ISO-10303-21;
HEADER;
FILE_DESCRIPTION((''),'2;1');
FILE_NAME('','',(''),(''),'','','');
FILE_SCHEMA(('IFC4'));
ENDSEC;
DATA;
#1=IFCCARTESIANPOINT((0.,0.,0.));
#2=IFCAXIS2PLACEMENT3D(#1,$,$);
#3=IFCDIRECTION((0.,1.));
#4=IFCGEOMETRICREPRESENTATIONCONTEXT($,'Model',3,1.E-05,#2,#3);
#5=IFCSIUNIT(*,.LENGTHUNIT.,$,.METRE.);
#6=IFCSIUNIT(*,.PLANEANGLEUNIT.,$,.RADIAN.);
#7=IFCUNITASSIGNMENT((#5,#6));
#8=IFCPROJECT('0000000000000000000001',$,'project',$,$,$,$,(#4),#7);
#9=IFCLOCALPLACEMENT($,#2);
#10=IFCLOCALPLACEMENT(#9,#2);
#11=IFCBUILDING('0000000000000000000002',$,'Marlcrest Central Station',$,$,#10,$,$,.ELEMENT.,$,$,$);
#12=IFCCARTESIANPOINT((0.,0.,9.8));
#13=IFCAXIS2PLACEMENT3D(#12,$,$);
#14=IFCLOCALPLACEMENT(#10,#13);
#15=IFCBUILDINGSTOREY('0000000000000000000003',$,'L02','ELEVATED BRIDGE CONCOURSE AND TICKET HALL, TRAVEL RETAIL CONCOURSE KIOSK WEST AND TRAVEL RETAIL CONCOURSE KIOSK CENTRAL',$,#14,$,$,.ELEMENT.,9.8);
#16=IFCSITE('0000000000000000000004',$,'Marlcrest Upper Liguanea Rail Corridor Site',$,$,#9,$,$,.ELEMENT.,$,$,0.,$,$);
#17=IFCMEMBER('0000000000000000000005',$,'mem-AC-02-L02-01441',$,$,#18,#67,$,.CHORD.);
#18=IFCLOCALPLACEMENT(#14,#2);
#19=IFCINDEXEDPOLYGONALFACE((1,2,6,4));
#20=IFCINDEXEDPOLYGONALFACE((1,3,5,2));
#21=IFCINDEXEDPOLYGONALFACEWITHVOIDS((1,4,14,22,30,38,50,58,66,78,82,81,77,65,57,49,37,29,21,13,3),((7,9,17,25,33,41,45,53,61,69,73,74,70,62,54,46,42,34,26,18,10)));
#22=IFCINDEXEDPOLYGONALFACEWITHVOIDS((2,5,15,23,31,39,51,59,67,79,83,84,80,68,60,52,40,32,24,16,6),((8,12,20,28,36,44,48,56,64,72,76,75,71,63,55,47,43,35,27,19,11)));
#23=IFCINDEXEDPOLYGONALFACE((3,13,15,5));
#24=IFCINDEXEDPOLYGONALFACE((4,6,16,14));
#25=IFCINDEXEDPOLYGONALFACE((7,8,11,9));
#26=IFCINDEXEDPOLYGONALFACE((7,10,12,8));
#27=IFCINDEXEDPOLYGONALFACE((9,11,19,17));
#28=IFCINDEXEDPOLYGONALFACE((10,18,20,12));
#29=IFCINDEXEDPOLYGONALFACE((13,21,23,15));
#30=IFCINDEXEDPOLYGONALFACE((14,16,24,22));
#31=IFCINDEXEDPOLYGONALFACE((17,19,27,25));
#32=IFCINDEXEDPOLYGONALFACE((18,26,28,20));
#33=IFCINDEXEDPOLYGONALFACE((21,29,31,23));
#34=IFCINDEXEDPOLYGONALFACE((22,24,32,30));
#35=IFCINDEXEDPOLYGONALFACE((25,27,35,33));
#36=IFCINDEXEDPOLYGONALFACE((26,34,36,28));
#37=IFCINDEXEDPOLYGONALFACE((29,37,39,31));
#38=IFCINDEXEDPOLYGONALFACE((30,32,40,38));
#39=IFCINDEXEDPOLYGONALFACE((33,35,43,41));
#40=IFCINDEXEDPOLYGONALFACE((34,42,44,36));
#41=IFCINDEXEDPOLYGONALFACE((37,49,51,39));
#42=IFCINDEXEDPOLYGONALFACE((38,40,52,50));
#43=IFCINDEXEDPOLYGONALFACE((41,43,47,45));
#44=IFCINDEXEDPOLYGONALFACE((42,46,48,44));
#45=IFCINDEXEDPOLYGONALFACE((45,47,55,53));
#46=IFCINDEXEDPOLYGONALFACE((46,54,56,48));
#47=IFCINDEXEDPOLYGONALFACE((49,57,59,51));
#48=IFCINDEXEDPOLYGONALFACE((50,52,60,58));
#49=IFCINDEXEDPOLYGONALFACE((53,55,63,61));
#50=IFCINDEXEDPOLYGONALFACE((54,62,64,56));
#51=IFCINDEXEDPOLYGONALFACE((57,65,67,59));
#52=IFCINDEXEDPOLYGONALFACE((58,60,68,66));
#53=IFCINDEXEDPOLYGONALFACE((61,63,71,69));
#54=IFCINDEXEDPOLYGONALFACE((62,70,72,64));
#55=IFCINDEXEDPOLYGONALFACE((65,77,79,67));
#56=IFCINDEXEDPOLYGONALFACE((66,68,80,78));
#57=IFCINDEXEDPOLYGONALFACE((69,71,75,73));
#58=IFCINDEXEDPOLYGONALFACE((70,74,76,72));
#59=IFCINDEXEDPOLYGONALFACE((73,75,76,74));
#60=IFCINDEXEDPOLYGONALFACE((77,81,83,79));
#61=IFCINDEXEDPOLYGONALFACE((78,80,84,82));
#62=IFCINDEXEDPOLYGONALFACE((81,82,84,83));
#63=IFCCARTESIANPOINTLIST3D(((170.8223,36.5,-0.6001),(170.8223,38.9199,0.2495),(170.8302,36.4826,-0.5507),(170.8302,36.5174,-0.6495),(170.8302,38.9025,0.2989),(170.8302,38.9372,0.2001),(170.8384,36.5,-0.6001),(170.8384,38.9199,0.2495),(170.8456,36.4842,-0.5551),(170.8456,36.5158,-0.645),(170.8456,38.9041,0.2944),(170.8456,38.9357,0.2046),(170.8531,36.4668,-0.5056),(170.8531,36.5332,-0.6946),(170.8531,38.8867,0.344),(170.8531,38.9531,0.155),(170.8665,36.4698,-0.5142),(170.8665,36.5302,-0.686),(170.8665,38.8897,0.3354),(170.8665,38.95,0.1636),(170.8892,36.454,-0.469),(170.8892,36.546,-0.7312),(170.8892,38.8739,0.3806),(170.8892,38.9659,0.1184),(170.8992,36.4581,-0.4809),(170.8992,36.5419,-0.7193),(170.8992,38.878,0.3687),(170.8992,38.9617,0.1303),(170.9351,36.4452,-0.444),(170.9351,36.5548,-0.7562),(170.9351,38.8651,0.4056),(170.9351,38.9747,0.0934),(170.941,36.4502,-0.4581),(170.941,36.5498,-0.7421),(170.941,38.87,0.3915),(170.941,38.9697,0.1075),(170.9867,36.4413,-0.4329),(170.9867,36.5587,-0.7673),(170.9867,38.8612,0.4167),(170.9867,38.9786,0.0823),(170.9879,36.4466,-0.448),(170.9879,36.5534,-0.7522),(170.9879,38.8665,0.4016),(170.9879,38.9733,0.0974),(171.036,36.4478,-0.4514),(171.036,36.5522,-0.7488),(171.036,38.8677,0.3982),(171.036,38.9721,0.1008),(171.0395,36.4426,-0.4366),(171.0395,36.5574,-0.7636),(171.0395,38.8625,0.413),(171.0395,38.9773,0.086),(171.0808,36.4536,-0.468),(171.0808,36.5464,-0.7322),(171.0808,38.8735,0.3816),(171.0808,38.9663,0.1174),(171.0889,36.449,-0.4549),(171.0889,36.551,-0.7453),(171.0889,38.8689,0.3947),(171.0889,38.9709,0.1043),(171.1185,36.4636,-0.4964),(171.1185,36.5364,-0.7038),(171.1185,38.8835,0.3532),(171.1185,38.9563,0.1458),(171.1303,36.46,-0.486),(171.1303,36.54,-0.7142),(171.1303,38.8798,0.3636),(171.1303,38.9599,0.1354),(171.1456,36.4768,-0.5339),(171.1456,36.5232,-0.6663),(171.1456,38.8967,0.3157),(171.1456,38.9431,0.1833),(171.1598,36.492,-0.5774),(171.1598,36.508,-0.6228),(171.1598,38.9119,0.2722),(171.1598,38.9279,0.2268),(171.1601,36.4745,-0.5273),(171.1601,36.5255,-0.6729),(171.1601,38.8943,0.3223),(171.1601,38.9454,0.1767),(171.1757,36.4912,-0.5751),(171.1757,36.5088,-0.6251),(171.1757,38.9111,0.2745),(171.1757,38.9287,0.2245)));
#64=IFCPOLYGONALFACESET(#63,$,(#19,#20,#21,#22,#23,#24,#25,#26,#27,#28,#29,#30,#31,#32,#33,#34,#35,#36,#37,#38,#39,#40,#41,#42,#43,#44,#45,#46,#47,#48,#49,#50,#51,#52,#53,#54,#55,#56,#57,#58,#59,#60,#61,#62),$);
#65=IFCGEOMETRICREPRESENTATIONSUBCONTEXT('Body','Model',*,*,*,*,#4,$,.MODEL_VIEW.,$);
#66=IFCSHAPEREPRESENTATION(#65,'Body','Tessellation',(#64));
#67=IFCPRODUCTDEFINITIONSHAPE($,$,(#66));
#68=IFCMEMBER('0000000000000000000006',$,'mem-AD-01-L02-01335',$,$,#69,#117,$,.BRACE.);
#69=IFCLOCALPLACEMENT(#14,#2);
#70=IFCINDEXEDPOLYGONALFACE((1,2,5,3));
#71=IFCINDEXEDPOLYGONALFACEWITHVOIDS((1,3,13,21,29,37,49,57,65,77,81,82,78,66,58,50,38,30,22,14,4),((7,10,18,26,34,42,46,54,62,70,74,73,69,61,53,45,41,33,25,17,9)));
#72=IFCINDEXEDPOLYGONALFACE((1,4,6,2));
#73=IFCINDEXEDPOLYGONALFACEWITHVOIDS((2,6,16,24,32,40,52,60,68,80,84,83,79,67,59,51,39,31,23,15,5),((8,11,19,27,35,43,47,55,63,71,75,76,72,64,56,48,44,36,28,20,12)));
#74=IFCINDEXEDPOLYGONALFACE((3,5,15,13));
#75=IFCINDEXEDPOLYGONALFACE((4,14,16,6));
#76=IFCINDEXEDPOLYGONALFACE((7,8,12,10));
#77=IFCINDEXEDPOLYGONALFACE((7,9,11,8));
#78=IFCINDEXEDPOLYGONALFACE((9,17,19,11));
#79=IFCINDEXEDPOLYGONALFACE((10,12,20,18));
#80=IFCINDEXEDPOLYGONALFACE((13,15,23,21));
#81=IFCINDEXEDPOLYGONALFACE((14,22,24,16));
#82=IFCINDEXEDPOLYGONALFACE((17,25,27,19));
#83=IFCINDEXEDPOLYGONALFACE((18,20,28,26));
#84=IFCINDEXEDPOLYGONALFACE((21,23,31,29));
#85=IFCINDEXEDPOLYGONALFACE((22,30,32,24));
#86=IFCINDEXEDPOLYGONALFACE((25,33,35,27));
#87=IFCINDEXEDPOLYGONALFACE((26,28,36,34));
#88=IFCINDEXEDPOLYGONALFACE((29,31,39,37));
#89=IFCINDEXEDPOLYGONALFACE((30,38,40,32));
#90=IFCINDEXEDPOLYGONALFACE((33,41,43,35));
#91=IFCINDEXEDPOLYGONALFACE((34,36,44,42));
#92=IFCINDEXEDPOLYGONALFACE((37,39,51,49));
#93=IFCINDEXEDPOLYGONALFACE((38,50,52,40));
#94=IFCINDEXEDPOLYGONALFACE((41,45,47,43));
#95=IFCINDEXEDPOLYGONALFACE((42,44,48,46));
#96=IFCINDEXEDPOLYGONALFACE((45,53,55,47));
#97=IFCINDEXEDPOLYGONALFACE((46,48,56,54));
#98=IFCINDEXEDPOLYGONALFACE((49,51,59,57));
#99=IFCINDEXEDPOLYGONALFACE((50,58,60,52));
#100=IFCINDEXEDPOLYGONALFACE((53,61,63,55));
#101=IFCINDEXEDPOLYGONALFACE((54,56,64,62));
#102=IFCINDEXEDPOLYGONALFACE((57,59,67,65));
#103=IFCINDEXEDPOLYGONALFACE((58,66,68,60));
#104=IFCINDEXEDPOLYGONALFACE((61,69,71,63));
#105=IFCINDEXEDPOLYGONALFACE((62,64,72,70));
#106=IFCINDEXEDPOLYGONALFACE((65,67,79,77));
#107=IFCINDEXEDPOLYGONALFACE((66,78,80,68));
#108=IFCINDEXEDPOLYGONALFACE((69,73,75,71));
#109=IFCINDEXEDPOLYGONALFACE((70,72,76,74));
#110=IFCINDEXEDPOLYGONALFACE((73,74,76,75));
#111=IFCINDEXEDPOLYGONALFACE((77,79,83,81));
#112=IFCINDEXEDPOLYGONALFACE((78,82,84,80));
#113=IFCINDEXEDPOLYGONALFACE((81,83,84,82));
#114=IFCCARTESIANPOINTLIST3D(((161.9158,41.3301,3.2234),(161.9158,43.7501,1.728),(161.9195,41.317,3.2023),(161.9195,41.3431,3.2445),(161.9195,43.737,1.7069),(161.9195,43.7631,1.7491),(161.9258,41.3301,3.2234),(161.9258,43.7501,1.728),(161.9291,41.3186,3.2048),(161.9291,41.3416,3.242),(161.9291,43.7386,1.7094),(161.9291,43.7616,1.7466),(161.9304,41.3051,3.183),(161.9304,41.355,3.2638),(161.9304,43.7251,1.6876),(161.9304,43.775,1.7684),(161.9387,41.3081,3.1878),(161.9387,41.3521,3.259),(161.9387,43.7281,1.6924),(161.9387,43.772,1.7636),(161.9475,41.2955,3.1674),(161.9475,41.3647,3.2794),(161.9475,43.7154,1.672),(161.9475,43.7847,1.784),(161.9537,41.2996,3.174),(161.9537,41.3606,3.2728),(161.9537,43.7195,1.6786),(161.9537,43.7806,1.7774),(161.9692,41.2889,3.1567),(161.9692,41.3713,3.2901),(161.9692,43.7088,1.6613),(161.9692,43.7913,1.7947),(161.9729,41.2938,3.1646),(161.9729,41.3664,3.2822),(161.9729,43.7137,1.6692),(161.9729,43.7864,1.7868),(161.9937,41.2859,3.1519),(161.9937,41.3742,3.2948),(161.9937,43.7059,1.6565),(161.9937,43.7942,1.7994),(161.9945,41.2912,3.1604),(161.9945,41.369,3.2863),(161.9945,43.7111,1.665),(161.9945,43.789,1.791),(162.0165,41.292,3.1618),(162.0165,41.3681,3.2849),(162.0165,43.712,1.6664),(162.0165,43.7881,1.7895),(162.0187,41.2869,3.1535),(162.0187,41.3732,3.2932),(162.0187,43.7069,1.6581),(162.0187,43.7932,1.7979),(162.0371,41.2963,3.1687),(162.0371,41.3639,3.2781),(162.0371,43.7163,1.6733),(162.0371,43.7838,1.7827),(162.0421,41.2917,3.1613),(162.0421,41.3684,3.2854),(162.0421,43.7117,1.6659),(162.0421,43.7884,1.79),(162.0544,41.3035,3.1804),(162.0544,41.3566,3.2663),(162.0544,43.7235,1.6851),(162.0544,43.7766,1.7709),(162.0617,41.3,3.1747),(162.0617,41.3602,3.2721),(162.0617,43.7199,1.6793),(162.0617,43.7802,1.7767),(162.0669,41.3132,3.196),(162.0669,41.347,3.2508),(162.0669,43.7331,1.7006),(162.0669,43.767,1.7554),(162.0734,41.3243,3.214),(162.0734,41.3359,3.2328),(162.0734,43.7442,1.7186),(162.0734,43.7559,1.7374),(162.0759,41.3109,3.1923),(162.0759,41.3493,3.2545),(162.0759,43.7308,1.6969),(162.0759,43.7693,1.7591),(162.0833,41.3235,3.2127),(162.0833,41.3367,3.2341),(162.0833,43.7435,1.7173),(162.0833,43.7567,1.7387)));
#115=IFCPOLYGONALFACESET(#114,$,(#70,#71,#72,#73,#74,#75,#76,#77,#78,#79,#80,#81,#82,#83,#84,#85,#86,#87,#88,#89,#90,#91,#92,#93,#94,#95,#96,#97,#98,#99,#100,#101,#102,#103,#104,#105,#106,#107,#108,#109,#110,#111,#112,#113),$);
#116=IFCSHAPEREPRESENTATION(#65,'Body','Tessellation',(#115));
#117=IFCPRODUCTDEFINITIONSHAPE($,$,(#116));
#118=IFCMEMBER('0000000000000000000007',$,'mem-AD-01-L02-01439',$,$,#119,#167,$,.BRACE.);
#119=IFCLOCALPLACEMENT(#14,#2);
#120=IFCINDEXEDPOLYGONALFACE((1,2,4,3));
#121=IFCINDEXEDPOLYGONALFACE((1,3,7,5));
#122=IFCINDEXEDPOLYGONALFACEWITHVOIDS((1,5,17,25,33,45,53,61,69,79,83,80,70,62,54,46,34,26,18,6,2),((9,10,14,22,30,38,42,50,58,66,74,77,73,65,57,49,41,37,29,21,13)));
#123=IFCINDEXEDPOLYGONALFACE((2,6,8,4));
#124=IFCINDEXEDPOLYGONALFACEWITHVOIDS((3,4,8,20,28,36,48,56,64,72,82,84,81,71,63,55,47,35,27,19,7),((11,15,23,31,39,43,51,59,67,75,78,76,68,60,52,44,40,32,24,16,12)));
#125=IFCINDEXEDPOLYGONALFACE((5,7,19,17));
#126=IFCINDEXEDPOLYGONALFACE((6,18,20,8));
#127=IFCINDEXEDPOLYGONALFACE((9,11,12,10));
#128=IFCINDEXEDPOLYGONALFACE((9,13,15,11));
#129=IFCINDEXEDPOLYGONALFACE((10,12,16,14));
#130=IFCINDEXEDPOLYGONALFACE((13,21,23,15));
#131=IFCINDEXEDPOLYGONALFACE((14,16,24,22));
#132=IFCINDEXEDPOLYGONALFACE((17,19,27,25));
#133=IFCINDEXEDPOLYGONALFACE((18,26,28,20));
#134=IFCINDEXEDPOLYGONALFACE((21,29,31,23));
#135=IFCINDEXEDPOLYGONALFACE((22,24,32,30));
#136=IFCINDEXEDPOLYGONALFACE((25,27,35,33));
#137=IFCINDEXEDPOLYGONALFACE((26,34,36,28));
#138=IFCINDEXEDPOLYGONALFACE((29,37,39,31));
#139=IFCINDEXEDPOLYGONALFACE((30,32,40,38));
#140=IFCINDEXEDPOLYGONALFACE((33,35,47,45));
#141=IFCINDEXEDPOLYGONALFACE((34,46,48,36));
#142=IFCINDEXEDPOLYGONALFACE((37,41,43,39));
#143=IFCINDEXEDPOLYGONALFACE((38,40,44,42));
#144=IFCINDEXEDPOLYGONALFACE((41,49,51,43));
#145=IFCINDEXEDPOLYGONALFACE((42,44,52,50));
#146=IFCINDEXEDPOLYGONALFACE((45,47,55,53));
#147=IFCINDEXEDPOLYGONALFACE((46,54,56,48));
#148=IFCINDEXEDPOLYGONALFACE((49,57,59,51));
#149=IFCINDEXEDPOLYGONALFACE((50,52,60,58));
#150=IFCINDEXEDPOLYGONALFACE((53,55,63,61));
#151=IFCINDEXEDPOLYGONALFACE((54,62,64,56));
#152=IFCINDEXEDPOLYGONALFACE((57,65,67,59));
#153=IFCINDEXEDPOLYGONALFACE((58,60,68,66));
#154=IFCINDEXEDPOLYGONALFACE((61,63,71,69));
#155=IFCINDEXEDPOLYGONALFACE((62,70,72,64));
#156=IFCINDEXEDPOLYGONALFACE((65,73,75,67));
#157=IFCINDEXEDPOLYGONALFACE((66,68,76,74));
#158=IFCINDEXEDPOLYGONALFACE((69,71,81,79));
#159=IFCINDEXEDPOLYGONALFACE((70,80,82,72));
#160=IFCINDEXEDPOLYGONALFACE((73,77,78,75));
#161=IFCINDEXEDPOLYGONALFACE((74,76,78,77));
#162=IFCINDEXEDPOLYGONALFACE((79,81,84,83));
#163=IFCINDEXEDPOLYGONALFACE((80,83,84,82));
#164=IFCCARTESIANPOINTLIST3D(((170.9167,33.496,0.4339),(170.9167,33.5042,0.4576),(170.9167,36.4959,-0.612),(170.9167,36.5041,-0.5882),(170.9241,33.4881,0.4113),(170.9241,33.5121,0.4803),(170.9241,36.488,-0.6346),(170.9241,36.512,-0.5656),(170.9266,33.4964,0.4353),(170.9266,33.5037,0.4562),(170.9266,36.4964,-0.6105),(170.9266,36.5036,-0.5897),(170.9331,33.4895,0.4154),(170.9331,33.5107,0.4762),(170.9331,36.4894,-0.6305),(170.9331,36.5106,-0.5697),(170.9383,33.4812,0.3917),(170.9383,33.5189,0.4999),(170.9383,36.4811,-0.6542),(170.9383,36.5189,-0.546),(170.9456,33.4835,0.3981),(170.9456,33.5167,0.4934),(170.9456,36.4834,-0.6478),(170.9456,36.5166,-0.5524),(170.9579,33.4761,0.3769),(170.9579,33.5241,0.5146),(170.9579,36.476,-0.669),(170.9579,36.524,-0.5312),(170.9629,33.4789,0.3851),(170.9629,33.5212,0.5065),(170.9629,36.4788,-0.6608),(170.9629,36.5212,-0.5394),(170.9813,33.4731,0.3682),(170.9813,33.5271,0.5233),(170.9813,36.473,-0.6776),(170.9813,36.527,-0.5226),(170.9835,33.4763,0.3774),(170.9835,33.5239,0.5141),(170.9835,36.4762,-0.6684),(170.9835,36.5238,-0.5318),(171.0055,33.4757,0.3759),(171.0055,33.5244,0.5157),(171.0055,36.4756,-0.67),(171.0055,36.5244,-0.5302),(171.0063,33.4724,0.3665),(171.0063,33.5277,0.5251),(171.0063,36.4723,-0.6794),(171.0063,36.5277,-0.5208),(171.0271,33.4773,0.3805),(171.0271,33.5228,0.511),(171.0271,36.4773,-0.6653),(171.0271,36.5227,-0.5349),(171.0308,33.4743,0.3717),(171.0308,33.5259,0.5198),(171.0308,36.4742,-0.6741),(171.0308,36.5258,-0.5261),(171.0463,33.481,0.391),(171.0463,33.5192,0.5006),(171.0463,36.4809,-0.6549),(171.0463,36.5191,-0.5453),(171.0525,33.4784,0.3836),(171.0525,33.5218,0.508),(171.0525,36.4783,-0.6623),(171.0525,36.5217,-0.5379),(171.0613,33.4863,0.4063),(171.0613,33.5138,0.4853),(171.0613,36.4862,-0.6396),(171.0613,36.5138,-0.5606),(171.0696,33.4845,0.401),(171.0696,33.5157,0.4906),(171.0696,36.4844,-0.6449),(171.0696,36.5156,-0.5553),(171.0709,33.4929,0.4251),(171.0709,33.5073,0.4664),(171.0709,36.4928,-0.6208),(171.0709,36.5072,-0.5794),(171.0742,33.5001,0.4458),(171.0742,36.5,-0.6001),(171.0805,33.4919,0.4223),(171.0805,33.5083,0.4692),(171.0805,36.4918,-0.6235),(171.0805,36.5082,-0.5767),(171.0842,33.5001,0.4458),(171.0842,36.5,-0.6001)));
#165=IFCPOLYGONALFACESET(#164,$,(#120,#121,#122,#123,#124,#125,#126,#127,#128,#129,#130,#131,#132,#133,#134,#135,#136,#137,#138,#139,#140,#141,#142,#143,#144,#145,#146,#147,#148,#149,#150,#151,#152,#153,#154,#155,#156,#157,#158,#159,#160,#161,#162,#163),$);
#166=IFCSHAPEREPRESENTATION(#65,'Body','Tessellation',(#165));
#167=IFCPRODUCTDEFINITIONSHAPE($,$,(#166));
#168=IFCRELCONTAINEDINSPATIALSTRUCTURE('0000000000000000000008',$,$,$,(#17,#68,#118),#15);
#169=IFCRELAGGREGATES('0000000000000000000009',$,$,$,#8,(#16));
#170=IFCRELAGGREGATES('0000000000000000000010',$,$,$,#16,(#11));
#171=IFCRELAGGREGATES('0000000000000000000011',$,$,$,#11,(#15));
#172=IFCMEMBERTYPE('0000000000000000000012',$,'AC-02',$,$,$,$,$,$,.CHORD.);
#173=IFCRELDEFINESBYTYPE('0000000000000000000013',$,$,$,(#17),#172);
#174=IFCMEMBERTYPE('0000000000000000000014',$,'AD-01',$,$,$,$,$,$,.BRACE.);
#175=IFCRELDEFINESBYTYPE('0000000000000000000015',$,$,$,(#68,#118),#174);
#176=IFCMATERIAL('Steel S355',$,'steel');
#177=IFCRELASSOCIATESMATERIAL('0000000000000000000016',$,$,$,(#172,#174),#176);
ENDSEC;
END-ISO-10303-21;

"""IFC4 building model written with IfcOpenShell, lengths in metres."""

from ifc_helpers import new_model, si_unit, direction, frame, origin, origin_2d, place, context, subcontext, project, spatial, hollow_circle, extrude, material, material_profile, profile_set, type_object, element, save


model = new_model("IFC4")

# Units and contexts
model_context = context("Model", 3, precision=1e-05, world=origin(), true_north=direction((0.0, 1.0)))
body_context = subcontext(model_context, "Body", "Model", "MODEL_VIEW")
ifc_project = project(units=[si_unit("LENGTHUNIT", "METRE"), si_unit("PLANEANGLEUNIT", "RADIAN")], contexts=[model_context])

# Site, building, storey
site_placement = place(None, origin())
site = spatial("IfcSite", under=ifc_project, at=site_placement, Name="Marlcrest Upper Liguanea Rail Corridor Site", CompositionType="ELEMENT", RefElevation=0.0)
building_placement = place(site_placement, origin())
building = spatial("IfcBuilding", under=site, at=building_placement, Name="Marlcrest Central Station", CompositionType="ELEMENT")
storey_placement = place(building_placement, frame((0.0, 0.0, 9.8)))
storey = spatial("IfcBuildingStorey", under=building, at=storey_placement, Name="L02", Description="ELEVATED BRIDGE CONCOURSE AND TICKET HALL, TRAVEL RETAIL CONCOURSE KIOSK WEST AND TRAVEL RETAIL CONCOURSE KIOSK CENTRAL", CompositionType="ELEMENT", Elevation=9.8)

# Members
ifc_material_1 = material(Name="Steel S355", Category="steel")
ifc_material_profile_1 = material_profile(ifc_material_1, hollow_circle(Radius=0.1777, WallThickness=0.0161, at=origin_2d()), Name="CHS 355.6x16")
ifc_profile_set_1 = profile_set([ifc_material_profile_1], Name="Steel S355")
member_type_1 = type_object("IfcMemberType", Name="AC-02", PredefinedType="CHORD", material=ifc_profile_set_1)
member_1_placement = place(storey_placement, frame((171.0, 36.5, -0.6001), z_axis=(0.0, 0.943537, 0.331266), x_axis=(-1.0, 0.0, 0.0)))
element("IfcMember", 1, at=member_1_placement, inside=storey, type_object=member_type_1, Name="mem-AC-02-L02-01441", PredefinedType="CHORD", context=body_context, shape_type="SweptSolid", body=[
    extrude(hollow_circle(Radius=0.1777, WallThickness=0.0161, at=origin_2d()), origin(), (0.0, 0.0, 1.0), 2.5647),
])
ifc_material_profile_2 = material_profile(ifc_material_1, hollow_circle(Radius=0.0842, WallThickness=0.01, at=origin_2d()), Name="CHS 168.3x10")
ifc_profile_set_2 = profile_set([ifc_material_profile_2], Name="Steel S355")
member_type_2 = type_object("IfcMemberType", Name="AD-01", PredefinedType="BRACE", material=ifc_profile_set_2)
member_2_placement = place(storey_placement, frame((162.0, 41.3301, 3.2234), z_axis=(0.0, 0.850687, -0.525672), x_axis=(-1.0, 0.0, 0.0)))
element("IfcMember", 2, at=member_2_placement, inside=storey, type_object=member_type_2, Name="mem-AD-01-L02-01335", PredefinedType="BRACE", context=body_context, shape_type="SweptSolid", body=[
    extrude(hollow_circle(Radius=0.0842, WallThickness=0.01, at=origin_2d()), origin(), (0.0, 0.0, 1.0), 2.8447),
])
member_3_placement = place(storey_placement, frame((171.0, 36.5, -0.6001), z_axis=(0.0, -0.94426, 0.3292), x_axis=(1.0, 0.0, 0.0)))
element("IfcMember", 3, at=member_3_placement, inside=storey, type_object=member_type_2, Name="mem-AD-01-L02-01439", PredefinedType="BRACE", context=body_context, shape_type="SweptSolid", body=[
    extrude(hollow_circle(Radius=0.0842, WallThickness=0.01, at=origin_2d()), origin(), (0.0, 0.0, 1.0), 3.177),
])

save(model, "model.ifc")
